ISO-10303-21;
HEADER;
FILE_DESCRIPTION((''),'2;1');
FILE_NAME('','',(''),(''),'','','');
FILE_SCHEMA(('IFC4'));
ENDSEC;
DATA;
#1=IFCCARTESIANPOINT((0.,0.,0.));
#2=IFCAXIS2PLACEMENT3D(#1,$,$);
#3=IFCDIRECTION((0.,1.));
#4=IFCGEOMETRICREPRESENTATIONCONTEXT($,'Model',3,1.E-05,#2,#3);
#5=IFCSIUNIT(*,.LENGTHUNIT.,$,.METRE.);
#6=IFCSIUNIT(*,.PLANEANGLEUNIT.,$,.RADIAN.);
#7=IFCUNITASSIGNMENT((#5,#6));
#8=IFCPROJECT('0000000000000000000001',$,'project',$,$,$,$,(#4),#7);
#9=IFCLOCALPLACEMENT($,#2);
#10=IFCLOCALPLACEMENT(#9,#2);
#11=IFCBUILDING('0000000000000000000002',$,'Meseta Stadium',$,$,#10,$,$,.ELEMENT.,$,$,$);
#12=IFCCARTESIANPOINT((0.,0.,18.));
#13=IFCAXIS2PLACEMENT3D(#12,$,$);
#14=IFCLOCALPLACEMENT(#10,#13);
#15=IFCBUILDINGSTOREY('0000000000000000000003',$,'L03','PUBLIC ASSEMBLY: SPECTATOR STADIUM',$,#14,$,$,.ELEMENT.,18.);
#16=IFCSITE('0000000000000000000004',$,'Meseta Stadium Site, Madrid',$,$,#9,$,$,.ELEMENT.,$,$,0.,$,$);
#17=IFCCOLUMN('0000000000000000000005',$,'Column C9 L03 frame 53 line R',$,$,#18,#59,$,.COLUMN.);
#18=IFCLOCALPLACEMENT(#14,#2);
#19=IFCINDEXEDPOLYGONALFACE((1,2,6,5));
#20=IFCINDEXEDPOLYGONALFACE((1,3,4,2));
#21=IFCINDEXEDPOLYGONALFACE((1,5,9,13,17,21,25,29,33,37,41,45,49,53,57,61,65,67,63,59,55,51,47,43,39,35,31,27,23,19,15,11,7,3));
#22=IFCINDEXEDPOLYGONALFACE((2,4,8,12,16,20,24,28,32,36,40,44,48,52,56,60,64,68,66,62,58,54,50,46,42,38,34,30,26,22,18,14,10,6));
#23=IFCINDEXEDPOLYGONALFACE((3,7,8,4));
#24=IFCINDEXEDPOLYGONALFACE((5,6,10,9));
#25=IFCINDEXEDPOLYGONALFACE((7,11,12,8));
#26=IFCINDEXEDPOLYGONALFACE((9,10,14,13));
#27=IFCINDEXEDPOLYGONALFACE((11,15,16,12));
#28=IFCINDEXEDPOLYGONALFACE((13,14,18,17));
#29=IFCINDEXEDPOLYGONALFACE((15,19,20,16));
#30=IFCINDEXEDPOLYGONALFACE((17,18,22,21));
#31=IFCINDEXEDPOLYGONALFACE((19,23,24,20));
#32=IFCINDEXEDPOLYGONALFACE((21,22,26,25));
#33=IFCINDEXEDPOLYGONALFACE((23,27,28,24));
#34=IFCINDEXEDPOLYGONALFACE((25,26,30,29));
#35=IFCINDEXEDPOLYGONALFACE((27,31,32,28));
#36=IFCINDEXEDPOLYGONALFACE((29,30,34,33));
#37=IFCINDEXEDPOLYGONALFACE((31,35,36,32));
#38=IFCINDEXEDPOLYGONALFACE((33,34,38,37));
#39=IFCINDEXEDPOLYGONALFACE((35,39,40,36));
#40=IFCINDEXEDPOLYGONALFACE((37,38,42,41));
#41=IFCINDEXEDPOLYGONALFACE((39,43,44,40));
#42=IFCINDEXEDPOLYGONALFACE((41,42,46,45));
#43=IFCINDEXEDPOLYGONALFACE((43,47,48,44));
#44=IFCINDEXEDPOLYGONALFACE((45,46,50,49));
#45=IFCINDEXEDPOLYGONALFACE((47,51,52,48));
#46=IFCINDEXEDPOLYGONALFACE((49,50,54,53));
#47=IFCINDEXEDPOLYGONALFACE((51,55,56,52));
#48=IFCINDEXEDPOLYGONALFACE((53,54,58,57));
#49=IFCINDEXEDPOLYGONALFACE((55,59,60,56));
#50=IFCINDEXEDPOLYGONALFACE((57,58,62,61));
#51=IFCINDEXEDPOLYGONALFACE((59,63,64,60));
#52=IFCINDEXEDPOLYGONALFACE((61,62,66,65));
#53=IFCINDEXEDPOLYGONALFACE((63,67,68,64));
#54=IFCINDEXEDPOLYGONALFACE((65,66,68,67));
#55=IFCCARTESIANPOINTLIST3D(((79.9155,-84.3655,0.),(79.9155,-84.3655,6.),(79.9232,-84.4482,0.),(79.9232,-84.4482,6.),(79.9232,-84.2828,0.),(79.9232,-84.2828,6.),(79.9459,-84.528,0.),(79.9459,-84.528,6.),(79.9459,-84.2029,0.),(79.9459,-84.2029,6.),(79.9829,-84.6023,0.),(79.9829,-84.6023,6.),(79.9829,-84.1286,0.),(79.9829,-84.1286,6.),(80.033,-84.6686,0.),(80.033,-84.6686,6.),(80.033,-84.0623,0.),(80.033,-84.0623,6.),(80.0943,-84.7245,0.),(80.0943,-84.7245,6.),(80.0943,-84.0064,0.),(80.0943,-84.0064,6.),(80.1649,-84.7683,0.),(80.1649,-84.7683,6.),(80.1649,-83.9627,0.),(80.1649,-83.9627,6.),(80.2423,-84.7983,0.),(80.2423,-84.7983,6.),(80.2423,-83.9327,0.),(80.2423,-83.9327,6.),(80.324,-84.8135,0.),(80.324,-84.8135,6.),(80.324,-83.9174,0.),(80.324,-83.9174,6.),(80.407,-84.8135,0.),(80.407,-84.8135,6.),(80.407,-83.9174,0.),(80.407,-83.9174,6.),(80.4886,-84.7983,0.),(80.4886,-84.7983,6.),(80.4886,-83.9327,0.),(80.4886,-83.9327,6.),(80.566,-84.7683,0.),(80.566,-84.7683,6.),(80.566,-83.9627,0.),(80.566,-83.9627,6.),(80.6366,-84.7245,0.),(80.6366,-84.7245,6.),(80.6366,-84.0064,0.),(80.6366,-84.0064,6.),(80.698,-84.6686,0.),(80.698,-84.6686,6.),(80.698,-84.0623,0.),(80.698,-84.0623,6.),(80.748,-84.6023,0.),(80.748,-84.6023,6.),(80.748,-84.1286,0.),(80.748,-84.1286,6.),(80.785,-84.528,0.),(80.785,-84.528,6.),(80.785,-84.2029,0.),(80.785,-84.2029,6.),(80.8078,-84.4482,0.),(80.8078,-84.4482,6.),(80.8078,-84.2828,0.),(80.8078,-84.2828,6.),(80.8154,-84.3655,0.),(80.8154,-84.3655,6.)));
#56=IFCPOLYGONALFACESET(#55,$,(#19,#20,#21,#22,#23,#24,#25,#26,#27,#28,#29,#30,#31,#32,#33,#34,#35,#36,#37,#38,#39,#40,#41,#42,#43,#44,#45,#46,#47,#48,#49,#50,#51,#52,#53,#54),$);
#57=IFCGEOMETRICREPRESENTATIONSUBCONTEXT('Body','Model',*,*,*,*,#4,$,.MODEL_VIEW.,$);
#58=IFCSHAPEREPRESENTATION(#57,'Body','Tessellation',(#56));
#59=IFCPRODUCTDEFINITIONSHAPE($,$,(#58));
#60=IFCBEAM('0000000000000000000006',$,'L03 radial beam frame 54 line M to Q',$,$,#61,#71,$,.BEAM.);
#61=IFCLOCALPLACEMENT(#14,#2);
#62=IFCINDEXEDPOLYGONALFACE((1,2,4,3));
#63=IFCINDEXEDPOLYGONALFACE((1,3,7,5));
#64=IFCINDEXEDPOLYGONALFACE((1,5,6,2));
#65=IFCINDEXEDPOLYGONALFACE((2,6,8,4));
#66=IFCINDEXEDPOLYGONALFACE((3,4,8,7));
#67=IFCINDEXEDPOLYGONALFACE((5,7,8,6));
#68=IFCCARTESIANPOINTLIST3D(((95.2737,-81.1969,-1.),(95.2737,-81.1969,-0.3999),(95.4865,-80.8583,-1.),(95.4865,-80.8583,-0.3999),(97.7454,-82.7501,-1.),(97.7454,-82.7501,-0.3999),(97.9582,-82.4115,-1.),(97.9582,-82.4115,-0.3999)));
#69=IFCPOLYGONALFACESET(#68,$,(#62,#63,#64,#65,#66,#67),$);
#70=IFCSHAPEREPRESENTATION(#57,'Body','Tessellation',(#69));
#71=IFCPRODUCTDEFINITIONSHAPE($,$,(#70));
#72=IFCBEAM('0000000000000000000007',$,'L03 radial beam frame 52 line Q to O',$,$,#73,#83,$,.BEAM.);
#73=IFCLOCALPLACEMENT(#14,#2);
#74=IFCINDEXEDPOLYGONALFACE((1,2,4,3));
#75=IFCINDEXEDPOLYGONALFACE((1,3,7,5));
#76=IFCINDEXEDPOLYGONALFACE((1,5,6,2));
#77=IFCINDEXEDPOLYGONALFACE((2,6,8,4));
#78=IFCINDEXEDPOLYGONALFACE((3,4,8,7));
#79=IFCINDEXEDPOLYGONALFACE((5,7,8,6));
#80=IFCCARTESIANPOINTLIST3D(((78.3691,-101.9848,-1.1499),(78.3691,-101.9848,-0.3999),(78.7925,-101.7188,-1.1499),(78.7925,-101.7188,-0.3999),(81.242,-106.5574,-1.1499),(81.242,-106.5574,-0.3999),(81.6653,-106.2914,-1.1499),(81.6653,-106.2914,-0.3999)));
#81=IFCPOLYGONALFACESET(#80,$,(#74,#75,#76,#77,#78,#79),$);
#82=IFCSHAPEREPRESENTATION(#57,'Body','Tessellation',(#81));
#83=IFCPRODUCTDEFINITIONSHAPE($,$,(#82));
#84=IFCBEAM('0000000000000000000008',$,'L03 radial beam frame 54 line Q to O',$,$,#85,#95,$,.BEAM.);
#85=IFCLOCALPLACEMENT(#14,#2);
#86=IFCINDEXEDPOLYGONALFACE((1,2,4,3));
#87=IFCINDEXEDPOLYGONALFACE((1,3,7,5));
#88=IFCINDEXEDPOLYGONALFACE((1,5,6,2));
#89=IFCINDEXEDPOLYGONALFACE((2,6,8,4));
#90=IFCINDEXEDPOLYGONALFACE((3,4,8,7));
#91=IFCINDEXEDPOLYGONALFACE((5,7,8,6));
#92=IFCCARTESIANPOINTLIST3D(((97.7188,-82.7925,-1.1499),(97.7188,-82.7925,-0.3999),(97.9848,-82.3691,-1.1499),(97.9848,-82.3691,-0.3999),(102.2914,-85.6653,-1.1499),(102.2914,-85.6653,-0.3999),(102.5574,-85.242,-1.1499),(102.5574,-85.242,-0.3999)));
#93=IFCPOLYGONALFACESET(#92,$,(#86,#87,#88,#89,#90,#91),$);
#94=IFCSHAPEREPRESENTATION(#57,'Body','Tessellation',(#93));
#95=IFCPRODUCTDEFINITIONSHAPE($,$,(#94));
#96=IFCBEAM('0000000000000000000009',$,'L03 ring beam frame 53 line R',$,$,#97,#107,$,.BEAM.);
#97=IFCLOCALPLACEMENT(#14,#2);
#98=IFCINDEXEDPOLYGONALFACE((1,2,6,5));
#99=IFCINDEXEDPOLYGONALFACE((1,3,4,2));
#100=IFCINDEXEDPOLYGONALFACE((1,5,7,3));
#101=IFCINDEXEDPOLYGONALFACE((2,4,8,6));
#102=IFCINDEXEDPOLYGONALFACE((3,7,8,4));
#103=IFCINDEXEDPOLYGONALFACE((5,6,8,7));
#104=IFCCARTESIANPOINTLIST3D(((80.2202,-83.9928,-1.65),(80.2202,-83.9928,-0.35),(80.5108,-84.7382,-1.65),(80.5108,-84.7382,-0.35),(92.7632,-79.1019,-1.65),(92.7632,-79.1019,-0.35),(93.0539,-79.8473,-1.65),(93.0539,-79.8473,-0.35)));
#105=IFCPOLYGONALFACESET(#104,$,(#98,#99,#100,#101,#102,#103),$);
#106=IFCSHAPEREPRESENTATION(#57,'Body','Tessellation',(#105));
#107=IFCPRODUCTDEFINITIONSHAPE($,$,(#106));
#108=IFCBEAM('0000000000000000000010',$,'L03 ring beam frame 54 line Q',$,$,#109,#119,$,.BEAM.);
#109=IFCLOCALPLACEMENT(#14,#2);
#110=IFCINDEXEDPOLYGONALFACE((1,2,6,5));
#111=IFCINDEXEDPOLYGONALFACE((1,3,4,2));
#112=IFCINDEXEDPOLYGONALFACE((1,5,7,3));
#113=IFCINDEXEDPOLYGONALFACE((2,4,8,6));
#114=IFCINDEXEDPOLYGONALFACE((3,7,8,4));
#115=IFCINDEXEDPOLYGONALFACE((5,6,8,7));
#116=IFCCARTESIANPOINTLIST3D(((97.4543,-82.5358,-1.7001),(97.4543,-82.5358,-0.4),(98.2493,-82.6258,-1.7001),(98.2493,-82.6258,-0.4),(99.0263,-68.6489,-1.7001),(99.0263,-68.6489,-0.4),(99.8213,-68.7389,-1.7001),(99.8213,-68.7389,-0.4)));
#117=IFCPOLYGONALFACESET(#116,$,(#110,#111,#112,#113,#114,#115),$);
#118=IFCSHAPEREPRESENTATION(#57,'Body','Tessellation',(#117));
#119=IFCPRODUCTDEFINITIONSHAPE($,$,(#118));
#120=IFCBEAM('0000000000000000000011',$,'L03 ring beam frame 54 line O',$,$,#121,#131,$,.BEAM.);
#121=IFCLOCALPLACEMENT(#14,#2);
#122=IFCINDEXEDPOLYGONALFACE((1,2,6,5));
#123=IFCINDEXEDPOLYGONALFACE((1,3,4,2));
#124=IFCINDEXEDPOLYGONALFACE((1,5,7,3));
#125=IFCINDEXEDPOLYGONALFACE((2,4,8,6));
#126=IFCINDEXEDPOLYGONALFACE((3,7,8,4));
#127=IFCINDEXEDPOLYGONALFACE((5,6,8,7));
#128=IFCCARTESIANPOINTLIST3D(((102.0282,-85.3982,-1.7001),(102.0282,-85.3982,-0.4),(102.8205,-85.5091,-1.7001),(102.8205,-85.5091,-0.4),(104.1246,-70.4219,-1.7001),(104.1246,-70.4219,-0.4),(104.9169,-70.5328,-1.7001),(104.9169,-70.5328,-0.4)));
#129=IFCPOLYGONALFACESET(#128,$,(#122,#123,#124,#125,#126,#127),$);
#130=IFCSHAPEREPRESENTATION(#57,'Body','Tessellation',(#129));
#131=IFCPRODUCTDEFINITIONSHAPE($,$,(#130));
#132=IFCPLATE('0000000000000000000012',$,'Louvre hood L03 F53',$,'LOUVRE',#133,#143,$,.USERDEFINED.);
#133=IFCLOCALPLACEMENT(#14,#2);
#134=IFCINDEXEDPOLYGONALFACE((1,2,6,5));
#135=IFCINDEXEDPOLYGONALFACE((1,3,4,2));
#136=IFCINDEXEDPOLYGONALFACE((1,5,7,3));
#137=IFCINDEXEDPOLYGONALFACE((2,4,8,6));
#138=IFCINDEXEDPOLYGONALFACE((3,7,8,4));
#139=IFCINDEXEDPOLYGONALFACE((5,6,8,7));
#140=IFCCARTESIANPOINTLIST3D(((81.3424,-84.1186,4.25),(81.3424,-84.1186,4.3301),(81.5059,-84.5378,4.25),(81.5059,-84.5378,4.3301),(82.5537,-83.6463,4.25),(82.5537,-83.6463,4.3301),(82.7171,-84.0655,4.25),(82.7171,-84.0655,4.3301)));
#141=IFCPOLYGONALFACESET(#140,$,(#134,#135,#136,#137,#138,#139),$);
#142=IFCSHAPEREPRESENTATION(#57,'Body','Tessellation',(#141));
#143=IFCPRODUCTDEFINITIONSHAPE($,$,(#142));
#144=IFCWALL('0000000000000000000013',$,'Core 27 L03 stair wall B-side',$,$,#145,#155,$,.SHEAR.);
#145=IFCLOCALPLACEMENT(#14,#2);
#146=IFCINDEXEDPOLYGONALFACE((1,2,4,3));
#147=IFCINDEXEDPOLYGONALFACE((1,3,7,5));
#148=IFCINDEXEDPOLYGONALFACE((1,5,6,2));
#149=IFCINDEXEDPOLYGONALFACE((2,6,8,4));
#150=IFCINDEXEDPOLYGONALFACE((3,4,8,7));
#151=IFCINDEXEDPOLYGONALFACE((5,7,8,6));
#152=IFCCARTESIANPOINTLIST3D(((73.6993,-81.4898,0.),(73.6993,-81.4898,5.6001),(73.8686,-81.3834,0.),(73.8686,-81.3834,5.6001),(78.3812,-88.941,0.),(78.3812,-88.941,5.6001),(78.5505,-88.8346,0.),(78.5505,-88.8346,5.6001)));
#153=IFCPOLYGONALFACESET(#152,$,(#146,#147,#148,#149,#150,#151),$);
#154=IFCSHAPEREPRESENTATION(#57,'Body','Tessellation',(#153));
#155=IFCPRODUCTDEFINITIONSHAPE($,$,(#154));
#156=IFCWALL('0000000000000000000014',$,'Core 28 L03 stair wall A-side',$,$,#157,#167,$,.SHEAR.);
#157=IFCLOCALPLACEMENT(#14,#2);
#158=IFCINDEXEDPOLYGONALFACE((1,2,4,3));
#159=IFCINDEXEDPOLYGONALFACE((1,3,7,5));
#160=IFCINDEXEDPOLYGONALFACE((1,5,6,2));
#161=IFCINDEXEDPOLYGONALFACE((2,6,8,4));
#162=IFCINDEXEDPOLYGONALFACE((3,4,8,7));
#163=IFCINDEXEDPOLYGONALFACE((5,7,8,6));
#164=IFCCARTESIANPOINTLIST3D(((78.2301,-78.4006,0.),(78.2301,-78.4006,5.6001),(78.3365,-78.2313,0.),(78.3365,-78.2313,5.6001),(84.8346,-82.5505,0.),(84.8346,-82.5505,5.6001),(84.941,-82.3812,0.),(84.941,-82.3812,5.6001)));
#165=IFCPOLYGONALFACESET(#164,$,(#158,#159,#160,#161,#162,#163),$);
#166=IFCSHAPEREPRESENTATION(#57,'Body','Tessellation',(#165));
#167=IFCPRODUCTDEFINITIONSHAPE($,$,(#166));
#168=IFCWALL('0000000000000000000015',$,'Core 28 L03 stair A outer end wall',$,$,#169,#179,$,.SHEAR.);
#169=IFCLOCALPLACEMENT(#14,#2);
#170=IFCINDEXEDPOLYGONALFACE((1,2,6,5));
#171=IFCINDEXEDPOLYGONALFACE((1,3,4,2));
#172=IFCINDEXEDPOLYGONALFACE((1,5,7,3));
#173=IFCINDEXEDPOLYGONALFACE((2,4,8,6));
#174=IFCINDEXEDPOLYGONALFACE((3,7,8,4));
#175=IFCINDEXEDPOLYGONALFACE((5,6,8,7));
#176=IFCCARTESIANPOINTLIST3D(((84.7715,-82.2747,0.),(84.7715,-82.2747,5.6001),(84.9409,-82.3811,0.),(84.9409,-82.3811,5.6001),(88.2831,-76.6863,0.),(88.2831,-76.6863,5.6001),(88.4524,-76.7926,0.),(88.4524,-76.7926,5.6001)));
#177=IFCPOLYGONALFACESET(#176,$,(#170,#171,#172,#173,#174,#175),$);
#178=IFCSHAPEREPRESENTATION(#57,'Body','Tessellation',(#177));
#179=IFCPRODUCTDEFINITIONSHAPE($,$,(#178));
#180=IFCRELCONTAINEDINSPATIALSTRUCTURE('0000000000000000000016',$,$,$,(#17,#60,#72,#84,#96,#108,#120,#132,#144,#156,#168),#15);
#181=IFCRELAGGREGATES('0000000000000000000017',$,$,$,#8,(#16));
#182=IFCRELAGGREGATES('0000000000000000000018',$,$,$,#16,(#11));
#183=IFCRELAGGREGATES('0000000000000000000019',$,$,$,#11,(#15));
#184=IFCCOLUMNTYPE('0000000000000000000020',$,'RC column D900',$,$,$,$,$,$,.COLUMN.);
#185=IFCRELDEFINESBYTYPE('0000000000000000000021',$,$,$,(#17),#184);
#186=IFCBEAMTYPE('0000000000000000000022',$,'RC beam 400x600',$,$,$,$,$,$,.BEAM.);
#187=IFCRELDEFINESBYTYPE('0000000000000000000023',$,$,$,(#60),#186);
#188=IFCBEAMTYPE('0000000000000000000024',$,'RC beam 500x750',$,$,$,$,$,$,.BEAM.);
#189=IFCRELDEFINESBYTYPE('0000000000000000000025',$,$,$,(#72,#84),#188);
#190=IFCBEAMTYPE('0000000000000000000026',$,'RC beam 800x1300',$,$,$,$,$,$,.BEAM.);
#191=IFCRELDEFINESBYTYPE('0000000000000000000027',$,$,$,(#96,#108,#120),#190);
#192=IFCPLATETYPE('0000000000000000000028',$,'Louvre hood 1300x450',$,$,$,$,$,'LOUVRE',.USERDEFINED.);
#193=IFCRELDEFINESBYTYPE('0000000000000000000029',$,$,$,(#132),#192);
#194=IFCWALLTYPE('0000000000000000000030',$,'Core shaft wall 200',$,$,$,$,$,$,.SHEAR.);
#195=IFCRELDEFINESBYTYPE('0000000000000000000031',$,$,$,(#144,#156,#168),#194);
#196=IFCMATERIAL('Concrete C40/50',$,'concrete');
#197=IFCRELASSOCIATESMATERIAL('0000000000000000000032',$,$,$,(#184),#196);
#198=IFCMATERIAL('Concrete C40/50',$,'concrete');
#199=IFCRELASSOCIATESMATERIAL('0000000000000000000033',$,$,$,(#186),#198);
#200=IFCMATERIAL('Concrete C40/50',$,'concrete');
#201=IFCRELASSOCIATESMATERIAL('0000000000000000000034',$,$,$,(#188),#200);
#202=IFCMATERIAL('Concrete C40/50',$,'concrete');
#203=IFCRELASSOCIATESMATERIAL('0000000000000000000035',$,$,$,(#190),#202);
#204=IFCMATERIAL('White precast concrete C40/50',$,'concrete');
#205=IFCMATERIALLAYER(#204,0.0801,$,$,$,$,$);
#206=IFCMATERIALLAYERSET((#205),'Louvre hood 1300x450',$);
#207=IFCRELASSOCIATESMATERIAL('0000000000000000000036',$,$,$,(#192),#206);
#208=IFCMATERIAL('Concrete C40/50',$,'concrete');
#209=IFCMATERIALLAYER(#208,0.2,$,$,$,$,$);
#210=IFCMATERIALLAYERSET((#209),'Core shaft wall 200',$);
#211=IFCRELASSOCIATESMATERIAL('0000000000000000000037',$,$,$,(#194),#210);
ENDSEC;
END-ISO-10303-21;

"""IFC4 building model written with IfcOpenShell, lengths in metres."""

from ifc_helpers import new_model, si_unit, direction, frame, frame_2d, origin, origin_2d, place, context, subcontext, project, spatial, rectangle, circle, extrude, material, layer, layer_set, material_profile, profile_set, type_object, element, save


model = new_model("IFC4")

# Units and contexts
model_context = context("Model", 3, precision=1e-05, world=origin(), true_north=direction((0.0, 1.0)))
body_context = subcontext(model_context, "Body", "Model", "MODEL_VIEW")
ifc_project = project(units=[si_unit("LENGTHUNIT", "METRE"), si_unit("PLANEANGLEUNIT", "RADIAN")], contexts=[model_context])

# Site, building, storey
site_placement = place(None, origin())
site = spatial("IfcSite", under=ifc_project, at=site_placement, Name="Meseta Stadium Site, Madrid", CompositionType="ELEMENT", RefElevation=0.0)
building_placement = place(site_placement, origin())
building = spatial("IfcBuilding", under=site, at=building_placement, Name="Meseta Stadium", CompositionType="ELEMENT")
storey_placement = place(building_placement, frame((0.0, 0.0, 18.0)))
storey = spatial("IfcBuildingStorey", under=building, at=storey_placement, Name="L03", Description="PUBLIC ASSEMBLY: SPECTATOR STADIUM", CompositionType="ELEMENT", Elevation=18.0)

# Column
ifc_material_1 = material(Name="Concrete C40/50", Category="concrete")
ifc_material_profile_1 = material_profile(ifc_material_1, circle(Radius=0.45, at=origin_2d()), Name="RC D900")
ifc_profile_set_1 = profile_set([ifc_material_profile_1], Name="Concrete C40/50")
column_type = type_object("IfcColumnType", Name="RC column D900", PredefinedType="COLUMN", material=ifc_profile_set_1)
column_placement = place(storey_placement, frame((80.3655, -84.3655, 0.0), z_axis=(0.0, 0.0, 1.0), x_axis=(1.0, 0.0, 0.0)))
element("IfcColumn", 1, at=column_placement, inside=storey, type_object=column_type, Name="Column C9 L03 frame 53 line R", PredefinedType="COLUMN", context=body_context, shape_type="SweptSolid", body=[
    extrude(circle(Radius=0.45, at=origin_2d()), origin(), (0.0, 0.0, 1.0), 6.0),
])

# Beams
ifc_material_2 = material(Name="Concrete C40/50", Category="concrete")
ifc_material_profile_2 = material_profile(ifc_material_2, rectangle(XDim=0.3999, YDim=0.6001, at=origin_2d()), Name="RC 400x600")
ifc_profile_set_2 = profile_set([ifc_material_profile_2], Name="Concrete C40/50")
beam_type_1 = type_object("IfcBeamType", Name="RC beam 400x600", PredefinedType="BEAM", material=ifc_profile_set_2)
beam_1_placement = place(storey_placement, frame((95.3801, -81.0276, -0.7), z_axis=(0.846699, -0.532072, 0.0), x_axis=(0.532072, 0.846699, 0.0)))
element("IfcBeam", 2, at=beam_1_placement, inside=storey, type_object=beam_type_1, Name="L03 radial beam frame 54 line M to Q", PredefinedType="BEAM", context=body_context, shape_type="SweptSolid", body=[
    extrude(rectangle(XDim=0.3999, YDim=0.6001, at=origin_2d()), origin(), (0.0, 0.0, 1.0), 2.9192),
])
ifc_material_3 = material(Name="Concrete C40/50", Category="concrete")
ifc_material_profile_3 = material_profile(ifc_material_3, rectangle(XDim=0.5, YDim=0.75, at=origin_2d()), Name="RC 500x750")
ifc_profile_set_3 = profile_set([ifc_material_profile_3], Name="Concrete C40/50")
beam_type_2 = type_object("IfcBeamType", Name="RC beam 500x750", PredefinedType="BEAM", material=ifc_profile_set_3)
for number, where, z_axis, x_axis, name in (
    (3, (78.5808, -101.8518, -0.7749), (0.531993, -0.846749, 0.0), (0.846749, 0.531993, 0.0), "L03 radial beam frame 52 line Q to O"),
    (4, (97.8518, -82.5808, -0.7749), (0.846749, -0.531993, 0.0), (0.531993, 0.846749, 0.0), "L03 radial beam frame 54 line Q to O"),
):
    element("IfcBeam", number, at=place(storey_placement, frame(where, z_axis=z_axis, x_axis=x_axis)), inside=storey, type_object=beam_type_2, Name=name, PredefinedType="BEAM", context=body_context, shape_type="SweptSolid", body=[
        extrude(rectangle(XDim=0.5, YDim=0.75, at=origin_2d()), origin(), (0.0, 0.0, 1.0), 5.4001),
    ])
ifc_material_4 = material(Name="Concrete C40/50", Category="concrete")
ifc_material_profile_4 = material_profile(ifc_material_4, rectangle(XDim=0.8, YDim=1.3, at=origin_2d()), Name="RC 800x1300")
ifc_profile_set_4 = profile_set([ifc_material_profile_4], Name="Concrete C40/50")
beam_type_3 = type_object("IfcBeamType", Name="RC beam 800x1300", PredefinedType="BEAM", material=ifc_profile_set_4)
beam_2_placement = place(storey_placement, frame((80.3655, -84.3655, -1.0), z_axis=(0.931677, 0.363288, 0.0), x_axis=(-0.363288, 0.931677, 0.0)))
element("IfcBeam", 5, at=beam_2_placement, inside=storey, type_object=beam_type_3, Name="L03 ring beam frame 53 line R", PredefinedType="BEAM", context=body_context, shape_type="SweptSolid", body=[
    extrude(rectangle(XDim=0.8, YDim=1.3, at=origin_2d()), origin(), (0.0, 0.0, 1.0), 13.4629),
])
beam_3_placement = place(storey_placement, frame((97.8518, -82.5808, -1.05), z_axis=(0.112483, 0.993654, 0.0), x_axis=(-0.993654, 0.112483, 0.0)))
element("IfcBeam", 6, at=beam_3_placement, inside=storey, type_object=beam_type_3, Name="L03 ring beam frame 54 line Q", PredefinedType="BEAM", context=body_context, shape_type="SweptSolid", body=[
    extrude(rectangle(XDim=0.8, YDim=1.3, at=origin_2d()), origin(), (0.0, 0.0, 1.0), 13.9756),
])
beam_4_placement = place(storey_placement, frame((102.4243, -85.4536, -1.05), z_axis=(0.138632, 0.990344, 0.0), x_axis=(-0.990344, 0.138632, 0.0)))
element("IfcBeam", 7, at=beam_4_placement, inside=storey, type_object=beam_type_3, Name="L03 ring beam frame 54 line O", PredefinedType="BEAM", context=body_context, shape_type="SweptSolid", body=[
    extrude(rectangle(XDim=0.8, YDim=1.3, at=origin_2d()), origin(), (0.0, 0.0, 1.0), 15.1223),
])

# Plate
ifc_material_5 = material(Name="White precast concrete C40/50", Category="concrete")
ifc_layer_1 = layer(ifc_material_5, 0.0801)
ifc_layer_set_1 = layer_set([ifc_layer_1], Name="Louvre hood 1300x450")
plate_type = type_object("IfcPlateType", Name="Louvre hood 1300x450", ElementType="LOUVRE", PredefinedType="USERDEFINED", material=ifc_layer_set_1)
plate_placement = place(storey_placement, frame((82.0298, -84.092, 4.25), z_axis=(0.0, 0.0, 1.0), x_axis=(0.93168, 0.36328, 0.0)))
element("IfcPlate", 8, at=plate_placement, inside=storey, type_object=plate_type, Name="Louvre hood L03 F53", ObjectType="LOUVRE", PredefinedType="USERDEFINED", context=body_context, shape_type="SweptSolid", body=[
    extrude(rectangle(XDim=1.3, YDim=0.45, at=origin_2d()), origin(), (0.0, 0.0, 1.0), 0.0801),
])

# Walls
ifc_material_6 = material(Name="Concrete C40/50", Category="concrete")
ifc_layer_2 = layer(ifc_material_6, 0.2)
ifc_layer_set_2 = layer_set([ifc_layer_2], Name="Core shaft wall 200")
wall_type_1 = type_object("IfcWallType", Name="Core shaft wall 200", PredefinedType="SHEAR", material=ifc_layer_set_2)
wall_1_placement = place(storey_placement, frame((78.4658, -88.8877, 0.0), z_axis=(0.0, 0.0, 1.0), x_axis=(-0.532032, 0.846724, 0.0)))
element("IfcWall", 9, at=wall_1_placement, inside=storey, type_object=wall_type_1, Name="Core 27 L03 stair wall B-side", PredefinedType="SHEAR", context=body_context, shape_type="SweptSolid", body=[
    extrude(rectangle(XDim=8.8, YDim=0.2, at=frame_2d((4.3999, 0.0))), origin(), (0.0, 0.0, 1.0), 5.6001),
])
wall_2_placement = place(storey_placement, frame((84.8877, -82.4658, 0.0), z_axis=(0.0, 0.0, 1.0), x_axis=(-0.846723, 0.532034, 0.0)))
element("IfcWall", 10, at=wall_2_placement, inside=storey, type_object=wall_type_1, Name="Core 28 L03 stair wall A-side", PredefinedType="SHEAR", context=body_context, shape_type="SweptSolid", body=[
    extrude(rectangle(XDim=7.8, YDim=0.2, at=frame_2d((3.8999, 0.0))), origin(), (0.0, 0.0, 1.0), 5.6001),
])
wall_3_placement = place(storey_placement, frame((84.8562, -82.3279, 0.0), z_axis=(0.0, 0.0, 1.0), x_axis=(0.532039, 0.84672, 0.0)))
element("IfcWall", 11, at=wall_3_placement, inside=storey, type_object=wall_type_1, Name="Core 28 L03 stair A outer end wall", PredefinedType="SHEAR", context=body_context, shape_type="SweptSolid", body=[
    extrude(rectangle(XDim=6.6001, YDim=0.2, at=frame_2d((3.3, 0.0))), origin(), (0.0, 0.0, 1.0), 5.6001),
])

save(model, "model.ifc")
